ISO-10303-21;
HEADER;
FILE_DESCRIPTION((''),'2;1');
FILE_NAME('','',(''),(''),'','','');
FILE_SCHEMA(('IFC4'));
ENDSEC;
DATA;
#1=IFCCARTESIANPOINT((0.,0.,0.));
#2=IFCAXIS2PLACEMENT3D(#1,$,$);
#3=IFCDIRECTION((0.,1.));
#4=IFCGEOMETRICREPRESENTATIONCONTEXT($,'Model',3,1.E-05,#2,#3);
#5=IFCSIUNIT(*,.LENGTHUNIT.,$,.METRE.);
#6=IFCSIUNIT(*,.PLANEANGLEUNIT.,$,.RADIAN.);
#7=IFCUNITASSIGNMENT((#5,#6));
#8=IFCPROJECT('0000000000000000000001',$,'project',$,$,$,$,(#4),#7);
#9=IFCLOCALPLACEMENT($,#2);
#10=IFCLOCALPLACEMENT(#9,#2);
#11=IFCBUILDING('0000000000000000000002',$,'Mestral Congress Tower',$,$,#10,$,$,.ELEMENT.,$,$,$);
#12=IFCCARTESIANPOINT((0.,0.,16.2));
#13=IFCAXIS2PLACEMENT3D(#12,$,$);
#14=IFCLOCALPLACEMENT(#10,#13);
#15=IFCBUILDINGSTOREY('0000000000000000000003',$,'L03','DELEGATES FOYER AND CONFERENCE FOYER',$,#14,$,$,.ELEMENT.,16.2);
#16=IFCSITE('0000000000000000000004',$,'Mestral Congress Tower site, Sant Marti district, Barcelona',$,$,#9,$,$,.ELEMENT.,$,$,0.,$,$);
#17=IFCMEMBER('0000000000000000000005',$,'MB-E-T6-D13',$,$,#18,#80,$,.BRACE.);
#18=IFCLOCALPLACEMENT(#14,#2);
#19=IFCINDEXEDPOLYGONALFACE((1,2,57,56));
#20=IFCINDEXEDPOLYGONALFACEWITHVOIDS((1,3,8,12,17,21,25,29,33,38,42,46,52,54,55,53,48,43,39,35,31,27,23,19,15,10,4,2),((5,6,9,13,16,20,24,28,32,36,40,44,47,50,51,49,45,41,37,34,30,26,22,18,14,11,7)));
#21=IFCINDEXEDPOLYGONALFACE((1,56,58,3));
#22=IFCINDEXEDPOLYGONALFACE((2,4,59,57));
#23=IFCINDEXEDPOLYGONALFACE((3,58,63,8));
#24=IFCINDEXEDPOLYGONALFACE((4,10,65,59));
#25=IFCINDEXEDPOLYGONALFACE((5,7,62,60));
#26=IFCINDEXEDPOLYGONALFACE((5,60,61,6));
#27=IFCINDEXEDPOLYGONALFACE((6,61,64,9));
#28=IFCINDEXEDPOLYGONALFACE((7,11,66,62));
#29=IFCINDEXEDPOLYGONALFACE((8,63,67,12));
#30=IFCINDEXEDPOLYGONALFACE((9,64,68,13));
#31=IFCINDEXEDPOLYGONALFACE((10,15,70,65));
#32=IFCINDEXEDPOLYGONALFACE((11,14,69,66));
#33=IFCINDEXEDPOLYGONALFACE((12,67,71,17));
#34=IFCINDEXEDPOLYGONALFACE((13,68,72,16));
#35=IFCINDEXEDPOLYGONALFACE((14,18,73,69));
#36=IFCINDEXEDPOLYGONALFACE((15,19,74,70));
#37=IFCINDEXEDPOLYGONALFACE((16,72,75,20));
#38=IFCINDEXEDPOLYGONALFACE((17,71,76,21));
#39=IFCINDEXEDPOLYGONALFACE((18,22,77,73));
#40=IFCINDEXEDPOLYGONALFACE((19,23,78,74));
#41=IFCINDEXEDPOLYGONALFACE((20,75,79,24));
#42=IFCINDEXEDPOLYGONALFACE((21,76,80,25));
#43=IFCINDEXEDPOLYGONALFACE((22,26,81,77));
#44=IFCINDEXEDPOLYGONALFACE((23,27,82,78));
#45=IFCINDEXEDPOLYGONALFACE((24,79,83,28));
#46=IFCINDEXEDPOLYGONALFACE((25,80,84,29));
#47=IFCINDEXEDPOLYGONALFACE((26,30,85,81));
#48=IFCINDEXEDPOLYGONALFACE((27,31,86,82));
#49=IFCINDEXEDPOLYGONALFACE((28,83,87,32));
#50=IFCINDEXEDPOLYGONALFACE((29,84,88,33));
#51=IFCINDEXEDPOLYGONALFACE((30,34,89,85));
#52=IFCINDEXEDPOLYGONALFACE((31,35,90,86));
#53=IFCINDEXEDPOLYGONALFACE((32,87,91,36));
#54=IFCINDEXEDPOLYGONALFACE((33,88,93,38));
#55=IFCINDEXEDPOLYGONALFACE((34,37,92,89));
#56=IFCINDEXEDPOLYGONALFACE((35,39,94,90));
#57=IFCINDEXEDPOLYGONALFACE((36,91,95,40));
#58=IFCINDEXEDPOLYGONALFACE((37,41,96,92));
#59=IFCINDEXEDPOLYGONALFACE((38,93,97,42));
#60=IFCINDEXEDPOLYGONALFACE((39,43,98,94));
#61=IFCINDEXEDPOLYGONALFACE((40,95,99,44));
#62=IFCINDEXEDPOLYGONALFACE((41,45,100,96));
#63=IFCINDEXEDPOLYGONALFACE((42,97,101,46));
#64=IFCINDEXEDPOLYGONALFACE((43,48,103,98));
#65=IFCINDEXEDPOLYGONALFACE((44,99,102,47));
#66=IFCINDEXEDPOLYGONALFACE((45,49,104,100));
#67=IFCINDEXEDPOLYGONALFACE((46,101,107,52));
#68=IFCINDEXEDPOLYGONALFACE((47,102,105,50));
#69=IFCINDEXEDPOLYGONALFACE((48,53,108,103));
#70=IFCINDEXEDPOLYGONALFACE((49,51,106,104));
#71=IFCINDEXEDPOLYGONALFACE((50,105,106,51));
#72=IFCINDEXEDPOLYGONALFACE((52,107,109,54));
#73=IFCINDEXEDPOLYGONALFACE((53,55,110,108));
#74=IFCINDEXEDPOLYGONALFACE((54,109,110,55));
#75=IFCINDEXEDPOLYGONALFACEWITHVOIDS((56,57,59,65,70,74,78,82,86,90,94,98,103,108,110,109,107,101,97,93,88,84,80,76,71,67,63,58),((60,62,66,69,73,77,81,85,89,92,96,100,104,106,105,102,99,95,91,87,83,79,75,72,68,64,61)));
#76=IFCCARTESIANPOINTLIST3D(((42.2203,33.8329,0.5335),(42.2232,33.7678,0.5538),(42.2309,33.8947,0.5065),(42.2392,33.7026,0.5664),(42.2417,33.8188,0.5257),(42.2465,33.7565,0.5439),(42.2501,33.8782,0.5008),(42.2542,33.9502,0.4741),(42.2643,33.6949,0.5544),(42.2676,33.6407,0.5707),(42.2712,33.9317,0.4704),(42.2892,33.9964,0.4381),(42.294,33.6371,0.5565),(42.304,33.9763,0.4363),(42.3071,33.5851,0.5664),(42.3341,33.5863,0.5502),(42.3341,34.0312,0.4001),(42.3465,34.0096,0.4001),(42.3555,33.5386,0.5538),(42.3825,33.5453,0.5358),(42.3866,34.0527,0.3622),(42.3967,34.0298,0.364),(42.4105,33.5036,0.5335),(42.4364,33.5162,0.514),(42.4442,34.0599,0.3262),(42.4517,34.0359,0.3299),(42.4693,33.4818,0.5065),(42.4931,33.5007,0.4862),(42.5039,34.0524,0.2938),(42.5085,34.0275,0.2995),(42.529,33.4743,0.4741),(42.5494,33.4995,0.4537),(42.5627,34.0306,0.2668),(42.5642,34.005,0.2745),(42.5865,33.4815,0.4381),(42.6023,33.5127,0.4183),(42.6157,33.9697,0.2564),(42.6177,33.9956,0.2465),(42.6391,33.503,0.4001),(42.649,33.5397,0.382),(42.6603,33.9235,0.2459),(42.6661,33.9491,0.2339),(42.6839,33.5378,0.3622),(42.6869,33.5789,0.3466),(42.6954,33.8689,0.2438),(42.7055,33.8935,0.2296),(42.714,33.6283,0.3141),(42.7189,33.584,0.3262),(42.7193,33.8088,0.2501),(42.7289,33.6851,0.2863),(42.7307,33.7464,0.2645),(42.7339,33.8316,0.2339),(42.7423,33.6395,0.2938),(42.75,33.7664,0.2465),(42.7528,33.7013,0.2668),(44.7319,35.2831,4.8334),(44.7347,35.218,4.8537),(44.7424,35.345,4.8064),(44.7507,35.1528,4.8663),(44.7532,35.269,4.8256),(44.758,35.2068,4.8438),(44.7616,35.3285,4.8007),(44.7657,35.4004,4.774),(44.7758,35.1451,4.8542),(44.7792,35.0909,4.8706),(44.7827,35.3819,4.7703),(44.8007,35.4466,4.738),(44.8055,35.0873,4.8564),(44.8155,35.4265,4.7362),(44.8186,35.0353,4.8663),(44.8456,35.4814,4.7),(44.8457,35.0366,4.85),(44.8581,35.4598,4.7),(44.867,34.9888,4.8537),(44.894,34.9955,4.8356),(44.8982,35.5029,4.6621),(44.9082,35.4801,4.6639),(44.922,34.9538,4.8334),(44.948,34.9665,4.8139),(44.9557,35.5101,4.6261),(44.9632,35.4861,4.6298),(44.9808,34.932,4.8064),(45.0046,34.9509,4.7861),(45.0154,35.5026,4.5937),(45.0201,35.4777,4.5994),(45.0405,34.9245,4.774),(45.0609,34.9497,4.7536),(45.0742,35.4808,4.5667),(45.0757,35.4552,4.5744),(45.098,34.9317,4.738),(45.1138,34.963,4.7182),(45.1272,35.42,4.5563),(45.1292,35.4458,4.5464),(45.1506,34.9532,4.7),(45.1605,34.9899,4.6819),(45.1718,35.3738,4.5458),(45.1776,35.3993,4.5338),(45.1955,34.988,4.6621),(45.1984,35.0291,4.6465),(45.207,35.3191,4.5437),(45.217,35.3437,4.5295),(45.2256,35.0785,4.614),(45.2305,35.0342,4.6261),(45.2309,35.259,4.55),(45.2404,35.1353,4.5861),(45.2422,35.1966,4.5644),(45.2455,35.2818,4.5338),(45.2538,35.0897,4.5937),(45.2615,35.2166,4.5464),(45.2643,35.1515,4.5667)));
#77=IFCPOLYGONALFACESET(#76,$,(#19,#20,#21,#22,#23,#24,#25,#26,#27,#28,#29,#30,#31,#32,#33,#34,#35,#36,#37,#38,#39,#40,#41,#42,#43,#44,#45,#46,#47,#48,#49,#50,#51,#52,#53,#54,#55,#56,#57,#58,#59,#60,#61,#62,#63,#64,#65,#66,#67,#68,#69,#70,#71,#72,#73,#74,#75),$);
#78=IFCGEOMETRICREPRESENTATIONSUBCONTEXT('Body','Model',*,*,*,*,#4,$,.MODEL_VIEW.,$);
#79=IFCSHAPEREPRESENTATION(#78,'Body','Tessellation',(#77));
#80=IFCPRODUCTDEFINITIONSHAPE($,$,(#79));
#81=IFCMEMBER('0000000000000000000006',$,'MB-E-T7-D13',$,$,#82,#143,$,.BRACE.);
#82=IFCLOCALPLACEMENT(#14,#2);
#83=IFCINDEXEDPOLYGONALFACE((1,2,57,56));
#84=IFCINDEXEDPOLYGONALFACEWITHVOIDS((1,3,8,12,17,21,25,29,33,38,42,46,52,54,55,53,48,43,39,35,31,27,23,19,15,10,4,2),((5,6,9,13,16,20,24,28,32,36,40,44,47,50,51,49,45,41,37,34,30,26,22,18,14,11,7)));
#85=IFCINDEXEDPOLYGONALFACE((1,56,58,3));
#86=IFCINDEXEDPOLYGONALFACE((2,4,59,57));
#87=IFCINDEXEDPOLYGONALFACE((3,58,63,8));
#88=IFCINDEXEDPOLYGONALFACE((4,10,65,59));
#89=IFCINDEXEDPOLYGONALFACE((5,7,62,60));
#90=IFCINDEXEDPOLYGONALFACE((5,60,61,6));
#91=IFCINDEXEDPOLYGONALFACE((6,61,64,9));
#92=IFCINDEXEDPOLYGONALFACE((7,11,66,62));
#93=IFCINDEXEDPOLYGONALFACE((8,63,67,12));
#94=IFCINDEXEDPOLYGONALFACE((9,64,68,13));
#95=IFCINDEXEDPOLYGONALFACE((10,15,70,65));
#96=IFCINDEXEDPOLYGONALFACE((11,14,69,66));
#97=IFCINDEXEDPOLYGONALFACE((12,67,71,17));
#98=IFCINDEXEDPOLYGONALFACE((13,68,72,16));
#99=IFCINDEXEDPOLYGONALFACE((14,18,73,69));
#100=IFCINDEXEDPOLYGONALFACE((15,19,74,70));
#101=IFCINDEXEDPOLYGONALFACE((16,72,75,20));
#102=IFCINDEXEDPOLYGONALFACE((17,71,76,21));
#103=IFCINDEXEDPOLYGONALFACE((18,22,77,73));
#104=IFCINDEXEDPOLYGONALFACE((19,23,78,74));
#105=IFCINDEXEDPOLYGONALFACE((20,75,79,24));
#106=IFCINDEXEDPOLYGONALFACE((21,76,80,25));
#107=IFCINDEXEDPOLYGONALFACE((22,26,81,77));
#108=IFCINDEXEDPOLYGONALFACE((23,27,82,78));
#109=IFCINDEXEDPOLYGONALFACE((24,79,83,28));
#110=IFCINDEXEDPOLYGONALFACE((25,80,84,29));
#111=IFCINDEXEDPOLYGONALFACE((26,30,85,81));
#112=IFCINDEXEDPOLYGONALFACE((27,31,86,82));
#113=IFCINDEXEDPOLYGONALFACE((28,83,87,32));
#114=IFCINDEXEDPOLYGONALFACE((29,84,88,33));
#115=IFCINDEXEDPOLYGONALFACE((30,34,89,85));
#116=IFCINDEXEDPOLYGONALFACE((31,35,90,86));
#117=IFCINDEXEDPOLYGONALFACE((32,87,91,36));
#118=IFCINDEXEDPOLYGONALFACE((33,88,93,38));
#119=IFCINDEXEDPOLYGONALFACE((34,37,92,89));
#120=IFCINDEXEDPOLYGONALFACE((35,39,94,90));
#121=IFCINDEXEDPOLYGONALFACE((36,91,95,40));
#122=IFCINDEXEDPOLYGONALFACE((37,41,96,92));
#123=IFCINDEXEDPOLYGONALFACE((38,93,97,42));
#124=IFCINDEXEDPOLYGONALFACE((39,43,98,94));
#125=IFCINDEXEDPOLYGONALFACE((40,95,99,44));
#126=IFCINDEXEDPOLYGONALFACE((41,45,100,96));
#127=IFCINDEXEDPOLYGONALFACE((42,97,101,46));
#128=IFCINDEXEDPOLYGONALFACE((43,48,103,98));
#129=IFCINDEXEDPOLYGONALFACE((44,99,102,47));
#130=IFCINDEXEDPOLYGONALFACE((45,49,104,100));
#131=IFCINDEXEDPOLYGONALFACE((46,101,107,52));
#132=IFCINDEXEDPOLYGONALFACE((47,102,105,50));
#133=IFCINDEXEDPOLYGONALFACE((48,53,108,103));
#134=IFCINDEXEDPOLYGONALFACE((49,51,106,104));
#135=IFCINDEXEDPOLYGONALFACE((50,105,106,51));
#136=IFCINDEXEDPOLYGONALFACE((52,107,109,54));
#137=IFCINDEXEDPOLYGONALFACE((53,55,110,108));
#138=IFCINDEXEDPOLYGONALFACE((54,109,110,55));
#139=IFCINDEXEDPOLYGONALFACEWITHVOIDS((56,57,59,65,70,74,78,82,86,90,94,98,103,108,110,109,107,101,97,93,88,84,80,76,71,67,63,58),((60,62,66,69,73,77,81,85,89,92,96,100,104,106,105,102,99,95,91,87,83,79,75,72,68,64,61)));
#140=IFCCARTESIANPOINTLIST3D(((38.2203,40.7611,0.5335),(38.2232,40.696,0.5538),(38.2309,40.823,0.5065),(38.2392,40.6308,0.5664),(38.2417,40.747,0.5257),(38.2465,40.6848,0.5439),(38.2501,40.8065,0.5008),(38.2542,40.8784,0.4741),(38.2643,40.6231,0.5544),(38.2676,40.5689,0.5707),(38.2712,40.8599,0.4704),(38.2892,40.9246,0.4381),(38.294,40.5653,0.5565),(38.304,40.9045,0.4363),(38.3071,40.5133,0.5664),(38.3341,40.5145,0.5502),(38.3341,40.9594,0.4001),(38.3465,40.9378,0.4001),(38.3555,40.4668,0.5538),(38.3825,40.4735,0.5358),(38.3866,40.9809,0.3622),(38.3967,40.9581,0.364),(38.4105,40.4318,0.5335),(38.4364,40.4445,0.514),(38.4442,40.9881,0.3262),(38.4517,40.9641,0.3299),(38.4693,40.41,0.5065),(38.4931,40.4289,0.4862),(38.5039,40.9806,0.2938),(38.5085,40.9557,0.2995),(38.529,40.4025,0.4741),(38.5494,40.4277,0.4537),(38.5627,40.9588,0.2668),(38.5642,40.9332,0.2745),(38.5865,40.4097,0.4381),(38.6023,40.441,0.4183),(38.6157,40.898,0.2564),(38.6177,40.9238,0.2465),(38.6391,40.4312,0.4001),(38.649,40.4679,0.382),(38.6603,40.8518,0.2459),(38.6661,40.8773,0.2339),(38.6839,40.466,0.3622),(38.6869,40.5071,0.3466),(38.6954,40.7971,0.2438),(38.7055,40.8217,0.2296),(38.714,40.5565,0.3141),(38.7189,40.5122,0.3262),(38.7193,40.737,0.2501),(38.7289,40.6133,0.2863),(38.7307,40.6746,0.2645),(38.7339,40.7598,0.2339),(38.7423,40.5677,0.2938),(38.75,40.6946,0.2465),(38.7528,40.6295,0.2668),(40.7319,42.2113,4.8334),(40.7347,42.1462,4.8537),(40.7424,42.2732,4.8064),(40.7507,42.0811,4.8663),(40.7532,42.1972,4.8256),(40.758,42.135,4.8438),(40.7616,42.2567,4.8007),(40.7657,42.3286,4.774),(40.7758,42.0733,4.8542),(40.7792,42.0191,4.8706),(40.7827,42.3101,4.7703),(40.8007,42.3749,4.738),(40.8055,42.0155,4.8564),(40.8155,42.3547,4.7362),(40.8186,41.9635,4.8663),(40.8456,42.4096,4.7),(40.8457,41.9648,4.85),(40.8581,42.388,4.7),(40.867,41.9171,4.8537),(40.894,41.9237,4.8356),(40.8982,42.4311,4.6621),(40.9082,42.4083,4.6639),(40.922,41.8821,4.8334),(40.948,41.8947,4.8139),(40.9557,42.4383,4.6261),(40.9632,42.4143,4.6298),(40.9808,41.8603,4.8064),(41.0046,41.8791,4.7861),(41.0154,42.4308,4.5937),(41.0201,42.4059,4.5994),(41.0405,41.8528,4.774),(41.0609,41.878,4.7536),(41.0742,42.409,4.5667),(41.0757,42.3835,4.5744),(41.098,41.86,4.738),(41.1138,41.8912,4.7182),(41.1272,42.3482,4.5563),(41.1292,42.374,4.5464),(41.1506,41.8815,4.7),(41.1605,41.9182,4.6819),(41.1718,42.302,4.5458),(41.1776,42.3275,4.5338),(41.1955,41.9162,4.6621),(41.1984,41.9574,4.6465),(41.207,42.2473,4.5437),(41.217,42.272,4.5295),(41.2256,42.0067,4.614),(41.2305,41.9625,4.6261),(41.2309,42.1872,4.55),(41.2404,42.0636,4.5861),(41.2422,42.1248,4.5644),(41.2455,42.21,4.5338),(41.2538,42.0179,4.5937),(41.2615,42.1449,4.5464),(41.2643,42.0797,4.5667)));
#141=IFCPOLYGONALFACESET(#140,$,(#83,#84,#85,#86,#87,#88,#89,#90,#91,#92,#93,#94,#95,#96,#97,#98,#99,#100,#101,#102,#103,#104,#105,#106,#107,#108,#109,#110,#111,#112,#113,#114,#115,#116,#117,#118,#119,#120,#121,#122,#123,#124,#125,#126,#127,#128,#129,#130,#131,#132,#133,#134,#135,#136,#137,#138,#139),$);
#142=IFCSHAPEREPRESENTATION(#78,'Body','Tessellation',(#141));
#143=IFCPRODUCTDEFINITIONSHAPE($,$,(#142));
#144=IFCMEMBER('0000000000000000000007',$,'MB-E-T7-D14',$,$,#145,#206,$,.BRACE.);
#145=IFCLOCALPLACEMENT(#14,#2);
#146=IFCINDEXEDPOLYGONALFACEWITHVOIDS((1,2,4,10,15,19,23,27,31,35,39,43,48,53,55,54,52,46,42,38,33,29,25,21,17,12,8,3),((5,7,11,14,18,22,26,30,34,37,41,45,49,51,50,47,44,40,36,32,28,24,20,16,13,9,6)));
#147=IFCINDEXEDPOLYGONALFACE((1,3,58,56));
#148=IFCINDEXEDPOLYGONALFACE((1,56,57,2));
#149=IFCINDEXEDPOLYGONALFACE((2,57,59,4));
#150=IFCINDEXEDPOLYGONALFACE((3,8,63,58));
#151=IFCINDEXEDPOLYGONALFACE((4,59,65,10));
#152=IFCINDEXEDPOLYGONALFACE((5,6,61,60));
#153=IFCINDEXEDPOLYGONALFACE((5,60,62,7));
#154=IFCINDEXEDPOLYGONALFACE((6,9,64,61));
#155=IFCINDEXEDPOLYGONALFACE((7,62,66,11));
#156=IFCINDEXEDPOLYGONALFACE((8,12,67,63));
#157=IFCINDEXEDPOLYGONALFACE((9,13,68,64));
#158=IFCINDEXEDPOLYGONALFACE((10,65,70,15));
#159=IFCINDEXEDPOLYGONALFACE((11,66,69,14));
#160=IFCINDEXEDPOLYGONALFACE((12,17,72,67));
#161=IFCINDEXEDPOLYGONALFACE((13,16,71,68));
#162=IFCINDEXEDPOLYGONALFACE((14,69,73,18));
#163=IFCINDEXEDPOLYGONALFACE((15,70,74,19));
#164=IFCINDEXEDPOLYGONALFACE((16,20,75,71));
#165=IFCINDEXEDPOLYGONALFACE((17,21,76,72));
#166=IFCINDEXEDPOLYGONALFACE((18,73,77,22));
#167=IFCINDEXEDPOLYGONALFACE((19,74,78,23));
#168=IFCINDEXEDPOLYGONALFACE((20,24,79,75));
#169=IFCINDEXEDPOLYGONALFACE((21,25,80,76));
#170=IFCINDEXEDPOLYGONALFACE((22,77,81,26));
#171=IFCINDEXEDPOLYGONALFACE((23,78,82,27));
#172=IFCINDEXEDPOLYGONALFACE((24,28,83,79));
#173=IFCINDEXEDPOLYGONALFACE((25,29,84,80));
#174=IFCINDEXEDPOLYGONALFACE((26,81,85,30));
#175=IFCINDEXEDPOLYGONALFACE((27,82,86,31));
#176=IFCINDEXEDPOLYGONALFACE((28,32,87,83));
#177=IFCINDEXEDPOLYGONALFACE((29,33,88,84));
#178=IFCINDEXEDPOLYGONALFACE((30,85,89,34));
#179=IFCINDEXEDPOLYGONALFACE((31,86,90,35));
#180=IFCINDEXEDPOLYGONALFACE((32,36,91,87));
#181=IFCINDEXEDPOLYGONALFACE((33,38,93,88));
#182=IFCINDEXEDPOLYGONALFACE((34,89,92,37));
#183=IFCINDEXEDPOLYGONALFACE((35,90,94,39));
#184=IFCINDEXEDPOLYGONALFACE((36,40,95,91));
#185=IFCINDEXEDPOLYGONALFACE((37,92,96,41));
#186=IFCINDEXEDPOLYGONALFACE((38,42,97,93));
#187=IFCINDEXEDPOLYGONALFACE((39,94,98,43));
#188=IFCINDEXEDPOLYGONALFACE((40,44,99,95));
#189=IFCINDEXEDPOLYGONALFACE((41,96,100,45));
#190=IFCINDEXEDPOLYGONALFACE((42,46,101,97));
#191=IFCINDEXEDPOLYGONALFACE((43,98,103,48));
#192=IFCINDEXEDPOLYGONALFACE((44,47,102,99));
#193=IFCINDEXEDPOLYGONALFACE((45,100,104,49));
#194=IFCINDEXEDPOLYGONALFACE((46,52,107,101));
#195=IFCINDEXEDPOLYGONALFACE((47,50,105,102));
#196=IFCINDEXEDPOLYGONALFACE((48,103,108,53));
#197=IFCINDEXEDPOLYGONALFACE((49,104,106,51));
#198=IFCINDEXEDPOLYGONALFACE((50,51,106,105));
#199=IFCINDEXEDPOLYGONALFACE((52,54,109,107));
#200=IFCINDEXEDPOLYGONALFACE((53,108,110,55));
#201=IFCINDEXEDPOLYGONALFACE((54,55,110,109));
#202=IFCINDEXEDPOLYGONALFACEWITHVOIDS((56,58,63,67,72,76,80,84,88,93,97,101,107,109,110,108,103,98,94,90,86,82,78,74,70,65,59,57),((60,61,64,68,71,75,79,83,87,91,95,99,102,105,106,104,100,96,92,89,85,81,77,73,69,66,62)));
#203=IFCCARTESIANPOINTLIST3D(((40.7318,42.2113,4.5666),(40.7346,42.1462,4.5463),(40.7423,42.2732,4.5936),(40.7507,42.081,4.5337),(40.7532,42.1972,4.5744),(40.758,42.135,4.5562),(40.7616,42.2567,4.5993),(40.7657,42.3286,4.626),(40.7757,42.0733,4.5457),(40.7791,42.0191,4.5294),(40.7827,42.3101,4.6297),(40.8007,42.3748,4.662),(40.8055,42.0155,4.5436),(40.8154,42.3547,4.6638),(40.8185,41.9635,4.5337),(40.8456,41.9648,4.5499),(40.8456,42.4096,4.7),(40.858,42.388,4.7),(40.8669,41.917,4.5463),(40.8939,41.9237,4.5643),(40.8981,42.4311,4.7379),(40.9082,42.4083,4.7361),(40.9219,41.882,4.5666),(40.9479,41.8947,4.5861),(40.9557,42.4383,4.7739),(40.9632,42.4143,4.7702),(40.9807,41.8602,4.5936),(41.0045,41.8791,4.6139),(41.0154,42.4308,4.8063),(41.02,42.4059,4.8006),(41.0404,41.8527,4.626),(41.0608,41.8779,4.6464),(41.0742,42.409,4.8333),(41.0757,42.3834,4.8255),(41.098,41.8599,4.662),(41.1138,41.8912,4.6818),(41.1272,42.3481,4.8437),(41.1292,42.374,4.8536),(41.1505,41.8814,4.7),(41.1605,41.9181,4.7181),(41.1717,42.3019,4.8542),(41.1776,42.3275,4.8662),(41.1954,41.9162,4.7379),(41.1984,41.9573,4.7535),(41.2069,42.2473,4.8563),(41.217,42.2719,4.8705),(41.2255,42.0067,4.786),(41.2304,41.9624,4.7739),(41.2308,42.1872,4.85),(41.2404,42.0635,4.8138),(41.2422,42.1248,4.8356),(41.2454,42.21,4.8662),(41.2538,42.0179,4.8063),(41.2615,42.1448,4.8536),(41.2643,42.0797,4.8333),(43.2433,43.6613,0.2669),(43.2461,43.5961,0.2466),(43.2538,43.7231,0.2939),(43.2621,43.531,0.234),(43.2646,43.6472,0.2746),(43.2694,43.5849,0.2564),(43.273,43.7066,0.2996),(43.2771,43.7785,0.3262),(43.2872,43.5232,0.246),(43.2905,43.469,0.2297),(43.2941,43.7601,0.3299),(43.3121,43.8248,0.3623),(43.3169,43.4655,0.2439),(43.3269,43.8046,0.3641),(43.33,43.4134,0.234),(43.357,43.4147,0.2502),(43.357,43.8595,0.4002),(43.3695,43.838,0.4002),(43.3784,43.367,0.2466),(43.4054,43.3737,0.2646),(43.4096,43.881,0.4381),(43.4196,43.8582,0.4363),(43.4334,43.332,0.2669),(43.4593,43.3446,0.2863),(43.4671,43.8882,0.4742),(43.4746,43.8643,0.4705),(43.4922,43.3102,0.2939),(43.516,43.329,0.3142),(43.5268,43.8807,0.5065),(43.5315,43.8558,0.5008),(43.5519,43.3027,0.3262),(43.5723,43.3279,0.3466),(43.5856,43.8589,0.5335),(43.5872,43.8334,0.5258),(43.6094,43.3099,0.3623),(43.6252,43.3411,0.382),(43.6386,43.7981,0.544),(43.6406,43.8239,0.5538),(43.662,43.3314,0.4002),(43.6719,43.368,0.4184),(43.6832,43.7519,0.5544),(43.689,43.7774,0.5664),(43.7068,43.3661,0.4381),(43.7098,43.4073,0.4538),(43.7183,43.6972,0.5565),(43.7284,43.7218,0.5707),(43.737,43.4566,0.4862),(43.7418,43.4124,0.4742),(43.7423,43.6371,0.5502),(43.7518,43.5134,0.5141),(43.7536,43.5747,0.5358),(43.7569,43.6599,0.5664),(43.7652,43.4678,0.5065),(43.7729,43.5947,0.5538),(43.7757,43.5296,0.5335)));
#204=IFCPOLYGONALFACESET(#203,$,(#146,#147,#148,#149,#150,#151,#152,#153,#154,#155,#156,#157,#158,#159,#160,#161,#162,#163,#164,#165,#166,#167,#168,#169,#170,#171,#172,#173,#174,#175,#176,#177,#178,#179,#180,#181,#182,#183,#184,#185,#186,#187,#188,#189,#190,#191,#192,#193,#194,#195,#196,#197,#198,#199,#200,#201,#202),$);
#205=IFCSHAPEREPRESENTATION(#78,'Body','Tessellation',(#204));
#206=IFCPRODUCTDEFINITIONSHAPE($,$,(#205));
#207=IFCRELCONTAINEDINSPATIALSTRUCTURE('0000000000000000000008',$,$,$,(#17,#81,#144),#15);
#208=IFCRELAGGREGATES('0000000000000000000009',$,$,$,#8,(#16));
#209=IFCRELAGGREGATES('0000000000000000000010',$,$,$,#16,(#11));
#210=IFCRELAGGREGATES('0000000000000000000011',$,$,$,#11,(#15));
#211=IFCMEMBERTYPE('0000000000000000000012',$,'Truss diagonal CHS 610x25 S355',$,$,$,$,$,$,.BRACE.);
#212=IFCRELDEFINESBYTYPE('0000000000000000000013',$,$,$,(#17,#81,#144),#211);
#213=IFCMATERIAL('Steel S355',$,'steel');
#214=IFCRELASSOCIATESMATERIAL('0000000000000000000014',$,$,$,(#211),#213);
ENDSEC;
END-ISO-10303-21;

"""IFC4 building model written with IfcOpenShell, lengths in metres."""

from ifc_helpers import new_model, si_unit, direction, frame, origin, origin_2d, place, context, subcontext, project, spatial, hollow_circle, extrude, material, material_profile, profile_set, type_object, element, save


model = new_model("IFC4")

# Units and contexts
model_context = context("Model", 3, precision=1e-05, world=origin(), true_north=direction((0.0, 1.0)))
body_context = subcontext(model_context, "Body", "Model", "MODEL_VIEW")
ifc_project = project(units=[si_unit("LENGTHUNIT", "METRE"), si_unit("PLANEANGLEUNIT", "RADIAN")], contexts=[model_context])

# Site, building, storey
site_placement = place(None, origin())
site = spatial("IfcSite", under=ifc_project, at=site_placement, Name="Mestral Congress Tower site, Sant Marti district, Barcelona", CompositionType="ELEMENT", RefElevation=0.0)
building_placement = place(site_placement, origin())
building = spatial("IfcBuilding", under=site, at=building_placement, Name="Mestral Congress Tower", CompositionType="ELEMENT")
storey_placement = place(building_placement, frame((0.0, 0.0, 16.2)))
storey = spatial("IfcBuildingStorey", under=building, at=storey_placement, Name="L03", Description="DELEGATES FOYER AND CONFERENCE FOYER", CompositionType="ELEMENT", Elevation=16.2)

# Members
ifc_material = material(Name="Steel S355", Category="steel")
ifc_material_profile_1 = material_profile(ifc_material, hollow_circle(Radius=0.3049, WallThickness=0.0249, at=origin_2d()), Name="CHS 610x25")
ifc_profile_set_1 = profile_set([ifc_material_profile_1], Name="Steel S355")
member_type_1 = type_object("IfcMemberType", Name="Truss diagonal CHS 610x25 S355", PredefinedType="BRACE", material=ifc_profile_set_1)
for number, where, z_axis, x_axis, name in (
    (1, (42.4866, 33.7671, 0.4001), (0.484241, 0.279614, 0.829052), (-0.50005, 0.865996, 0.0), "MB-E-T6-D13"),
    (2, (38.4866, 40.6953, 0.4001), (0.484241, 0.279614, 0.829052), (-0.50005, 0.865996, 0.0), "MB-E-T7-D13"),
):
    element("IfcMember", number, at=place(storey_placement, frame(where, z_axis=z_axis, x_axis=x_axis)), inside=storey, type_object=member_type_1, Name=name, PredefinedType="BRACE", context=body_context, shape_type="SweptSolid", body=[
        extrude(hollow_circle(Radius=0.3049, WallThickness=0.0249, at=origin_2d()), origin(), (0.0, 0.0, 1.0), 5.1865),
    ])
member_1_placement = place(storey_placement, frame((40.998, 42.1455, 4.7), z_axis=(0.484247, 0.279571, -0.829062), x_axis=(-0.499987, 0.866033, 0.0)))
element("IfcMember", 3, at=member_1_placement, inside=storey, type_object=member_type_1, Name="MB-E-T7-D14", PredefinedType="BRACE", context=body_context, shape_type="SweptSolid", body=[
    extrude(hollow_circle(Radius=0.3049, WallThickness=0.0249, at=origin_2d()), origin(), (0.0, 0.0, 1.0), 5.1863),
])

save(model, "model.ifc")
